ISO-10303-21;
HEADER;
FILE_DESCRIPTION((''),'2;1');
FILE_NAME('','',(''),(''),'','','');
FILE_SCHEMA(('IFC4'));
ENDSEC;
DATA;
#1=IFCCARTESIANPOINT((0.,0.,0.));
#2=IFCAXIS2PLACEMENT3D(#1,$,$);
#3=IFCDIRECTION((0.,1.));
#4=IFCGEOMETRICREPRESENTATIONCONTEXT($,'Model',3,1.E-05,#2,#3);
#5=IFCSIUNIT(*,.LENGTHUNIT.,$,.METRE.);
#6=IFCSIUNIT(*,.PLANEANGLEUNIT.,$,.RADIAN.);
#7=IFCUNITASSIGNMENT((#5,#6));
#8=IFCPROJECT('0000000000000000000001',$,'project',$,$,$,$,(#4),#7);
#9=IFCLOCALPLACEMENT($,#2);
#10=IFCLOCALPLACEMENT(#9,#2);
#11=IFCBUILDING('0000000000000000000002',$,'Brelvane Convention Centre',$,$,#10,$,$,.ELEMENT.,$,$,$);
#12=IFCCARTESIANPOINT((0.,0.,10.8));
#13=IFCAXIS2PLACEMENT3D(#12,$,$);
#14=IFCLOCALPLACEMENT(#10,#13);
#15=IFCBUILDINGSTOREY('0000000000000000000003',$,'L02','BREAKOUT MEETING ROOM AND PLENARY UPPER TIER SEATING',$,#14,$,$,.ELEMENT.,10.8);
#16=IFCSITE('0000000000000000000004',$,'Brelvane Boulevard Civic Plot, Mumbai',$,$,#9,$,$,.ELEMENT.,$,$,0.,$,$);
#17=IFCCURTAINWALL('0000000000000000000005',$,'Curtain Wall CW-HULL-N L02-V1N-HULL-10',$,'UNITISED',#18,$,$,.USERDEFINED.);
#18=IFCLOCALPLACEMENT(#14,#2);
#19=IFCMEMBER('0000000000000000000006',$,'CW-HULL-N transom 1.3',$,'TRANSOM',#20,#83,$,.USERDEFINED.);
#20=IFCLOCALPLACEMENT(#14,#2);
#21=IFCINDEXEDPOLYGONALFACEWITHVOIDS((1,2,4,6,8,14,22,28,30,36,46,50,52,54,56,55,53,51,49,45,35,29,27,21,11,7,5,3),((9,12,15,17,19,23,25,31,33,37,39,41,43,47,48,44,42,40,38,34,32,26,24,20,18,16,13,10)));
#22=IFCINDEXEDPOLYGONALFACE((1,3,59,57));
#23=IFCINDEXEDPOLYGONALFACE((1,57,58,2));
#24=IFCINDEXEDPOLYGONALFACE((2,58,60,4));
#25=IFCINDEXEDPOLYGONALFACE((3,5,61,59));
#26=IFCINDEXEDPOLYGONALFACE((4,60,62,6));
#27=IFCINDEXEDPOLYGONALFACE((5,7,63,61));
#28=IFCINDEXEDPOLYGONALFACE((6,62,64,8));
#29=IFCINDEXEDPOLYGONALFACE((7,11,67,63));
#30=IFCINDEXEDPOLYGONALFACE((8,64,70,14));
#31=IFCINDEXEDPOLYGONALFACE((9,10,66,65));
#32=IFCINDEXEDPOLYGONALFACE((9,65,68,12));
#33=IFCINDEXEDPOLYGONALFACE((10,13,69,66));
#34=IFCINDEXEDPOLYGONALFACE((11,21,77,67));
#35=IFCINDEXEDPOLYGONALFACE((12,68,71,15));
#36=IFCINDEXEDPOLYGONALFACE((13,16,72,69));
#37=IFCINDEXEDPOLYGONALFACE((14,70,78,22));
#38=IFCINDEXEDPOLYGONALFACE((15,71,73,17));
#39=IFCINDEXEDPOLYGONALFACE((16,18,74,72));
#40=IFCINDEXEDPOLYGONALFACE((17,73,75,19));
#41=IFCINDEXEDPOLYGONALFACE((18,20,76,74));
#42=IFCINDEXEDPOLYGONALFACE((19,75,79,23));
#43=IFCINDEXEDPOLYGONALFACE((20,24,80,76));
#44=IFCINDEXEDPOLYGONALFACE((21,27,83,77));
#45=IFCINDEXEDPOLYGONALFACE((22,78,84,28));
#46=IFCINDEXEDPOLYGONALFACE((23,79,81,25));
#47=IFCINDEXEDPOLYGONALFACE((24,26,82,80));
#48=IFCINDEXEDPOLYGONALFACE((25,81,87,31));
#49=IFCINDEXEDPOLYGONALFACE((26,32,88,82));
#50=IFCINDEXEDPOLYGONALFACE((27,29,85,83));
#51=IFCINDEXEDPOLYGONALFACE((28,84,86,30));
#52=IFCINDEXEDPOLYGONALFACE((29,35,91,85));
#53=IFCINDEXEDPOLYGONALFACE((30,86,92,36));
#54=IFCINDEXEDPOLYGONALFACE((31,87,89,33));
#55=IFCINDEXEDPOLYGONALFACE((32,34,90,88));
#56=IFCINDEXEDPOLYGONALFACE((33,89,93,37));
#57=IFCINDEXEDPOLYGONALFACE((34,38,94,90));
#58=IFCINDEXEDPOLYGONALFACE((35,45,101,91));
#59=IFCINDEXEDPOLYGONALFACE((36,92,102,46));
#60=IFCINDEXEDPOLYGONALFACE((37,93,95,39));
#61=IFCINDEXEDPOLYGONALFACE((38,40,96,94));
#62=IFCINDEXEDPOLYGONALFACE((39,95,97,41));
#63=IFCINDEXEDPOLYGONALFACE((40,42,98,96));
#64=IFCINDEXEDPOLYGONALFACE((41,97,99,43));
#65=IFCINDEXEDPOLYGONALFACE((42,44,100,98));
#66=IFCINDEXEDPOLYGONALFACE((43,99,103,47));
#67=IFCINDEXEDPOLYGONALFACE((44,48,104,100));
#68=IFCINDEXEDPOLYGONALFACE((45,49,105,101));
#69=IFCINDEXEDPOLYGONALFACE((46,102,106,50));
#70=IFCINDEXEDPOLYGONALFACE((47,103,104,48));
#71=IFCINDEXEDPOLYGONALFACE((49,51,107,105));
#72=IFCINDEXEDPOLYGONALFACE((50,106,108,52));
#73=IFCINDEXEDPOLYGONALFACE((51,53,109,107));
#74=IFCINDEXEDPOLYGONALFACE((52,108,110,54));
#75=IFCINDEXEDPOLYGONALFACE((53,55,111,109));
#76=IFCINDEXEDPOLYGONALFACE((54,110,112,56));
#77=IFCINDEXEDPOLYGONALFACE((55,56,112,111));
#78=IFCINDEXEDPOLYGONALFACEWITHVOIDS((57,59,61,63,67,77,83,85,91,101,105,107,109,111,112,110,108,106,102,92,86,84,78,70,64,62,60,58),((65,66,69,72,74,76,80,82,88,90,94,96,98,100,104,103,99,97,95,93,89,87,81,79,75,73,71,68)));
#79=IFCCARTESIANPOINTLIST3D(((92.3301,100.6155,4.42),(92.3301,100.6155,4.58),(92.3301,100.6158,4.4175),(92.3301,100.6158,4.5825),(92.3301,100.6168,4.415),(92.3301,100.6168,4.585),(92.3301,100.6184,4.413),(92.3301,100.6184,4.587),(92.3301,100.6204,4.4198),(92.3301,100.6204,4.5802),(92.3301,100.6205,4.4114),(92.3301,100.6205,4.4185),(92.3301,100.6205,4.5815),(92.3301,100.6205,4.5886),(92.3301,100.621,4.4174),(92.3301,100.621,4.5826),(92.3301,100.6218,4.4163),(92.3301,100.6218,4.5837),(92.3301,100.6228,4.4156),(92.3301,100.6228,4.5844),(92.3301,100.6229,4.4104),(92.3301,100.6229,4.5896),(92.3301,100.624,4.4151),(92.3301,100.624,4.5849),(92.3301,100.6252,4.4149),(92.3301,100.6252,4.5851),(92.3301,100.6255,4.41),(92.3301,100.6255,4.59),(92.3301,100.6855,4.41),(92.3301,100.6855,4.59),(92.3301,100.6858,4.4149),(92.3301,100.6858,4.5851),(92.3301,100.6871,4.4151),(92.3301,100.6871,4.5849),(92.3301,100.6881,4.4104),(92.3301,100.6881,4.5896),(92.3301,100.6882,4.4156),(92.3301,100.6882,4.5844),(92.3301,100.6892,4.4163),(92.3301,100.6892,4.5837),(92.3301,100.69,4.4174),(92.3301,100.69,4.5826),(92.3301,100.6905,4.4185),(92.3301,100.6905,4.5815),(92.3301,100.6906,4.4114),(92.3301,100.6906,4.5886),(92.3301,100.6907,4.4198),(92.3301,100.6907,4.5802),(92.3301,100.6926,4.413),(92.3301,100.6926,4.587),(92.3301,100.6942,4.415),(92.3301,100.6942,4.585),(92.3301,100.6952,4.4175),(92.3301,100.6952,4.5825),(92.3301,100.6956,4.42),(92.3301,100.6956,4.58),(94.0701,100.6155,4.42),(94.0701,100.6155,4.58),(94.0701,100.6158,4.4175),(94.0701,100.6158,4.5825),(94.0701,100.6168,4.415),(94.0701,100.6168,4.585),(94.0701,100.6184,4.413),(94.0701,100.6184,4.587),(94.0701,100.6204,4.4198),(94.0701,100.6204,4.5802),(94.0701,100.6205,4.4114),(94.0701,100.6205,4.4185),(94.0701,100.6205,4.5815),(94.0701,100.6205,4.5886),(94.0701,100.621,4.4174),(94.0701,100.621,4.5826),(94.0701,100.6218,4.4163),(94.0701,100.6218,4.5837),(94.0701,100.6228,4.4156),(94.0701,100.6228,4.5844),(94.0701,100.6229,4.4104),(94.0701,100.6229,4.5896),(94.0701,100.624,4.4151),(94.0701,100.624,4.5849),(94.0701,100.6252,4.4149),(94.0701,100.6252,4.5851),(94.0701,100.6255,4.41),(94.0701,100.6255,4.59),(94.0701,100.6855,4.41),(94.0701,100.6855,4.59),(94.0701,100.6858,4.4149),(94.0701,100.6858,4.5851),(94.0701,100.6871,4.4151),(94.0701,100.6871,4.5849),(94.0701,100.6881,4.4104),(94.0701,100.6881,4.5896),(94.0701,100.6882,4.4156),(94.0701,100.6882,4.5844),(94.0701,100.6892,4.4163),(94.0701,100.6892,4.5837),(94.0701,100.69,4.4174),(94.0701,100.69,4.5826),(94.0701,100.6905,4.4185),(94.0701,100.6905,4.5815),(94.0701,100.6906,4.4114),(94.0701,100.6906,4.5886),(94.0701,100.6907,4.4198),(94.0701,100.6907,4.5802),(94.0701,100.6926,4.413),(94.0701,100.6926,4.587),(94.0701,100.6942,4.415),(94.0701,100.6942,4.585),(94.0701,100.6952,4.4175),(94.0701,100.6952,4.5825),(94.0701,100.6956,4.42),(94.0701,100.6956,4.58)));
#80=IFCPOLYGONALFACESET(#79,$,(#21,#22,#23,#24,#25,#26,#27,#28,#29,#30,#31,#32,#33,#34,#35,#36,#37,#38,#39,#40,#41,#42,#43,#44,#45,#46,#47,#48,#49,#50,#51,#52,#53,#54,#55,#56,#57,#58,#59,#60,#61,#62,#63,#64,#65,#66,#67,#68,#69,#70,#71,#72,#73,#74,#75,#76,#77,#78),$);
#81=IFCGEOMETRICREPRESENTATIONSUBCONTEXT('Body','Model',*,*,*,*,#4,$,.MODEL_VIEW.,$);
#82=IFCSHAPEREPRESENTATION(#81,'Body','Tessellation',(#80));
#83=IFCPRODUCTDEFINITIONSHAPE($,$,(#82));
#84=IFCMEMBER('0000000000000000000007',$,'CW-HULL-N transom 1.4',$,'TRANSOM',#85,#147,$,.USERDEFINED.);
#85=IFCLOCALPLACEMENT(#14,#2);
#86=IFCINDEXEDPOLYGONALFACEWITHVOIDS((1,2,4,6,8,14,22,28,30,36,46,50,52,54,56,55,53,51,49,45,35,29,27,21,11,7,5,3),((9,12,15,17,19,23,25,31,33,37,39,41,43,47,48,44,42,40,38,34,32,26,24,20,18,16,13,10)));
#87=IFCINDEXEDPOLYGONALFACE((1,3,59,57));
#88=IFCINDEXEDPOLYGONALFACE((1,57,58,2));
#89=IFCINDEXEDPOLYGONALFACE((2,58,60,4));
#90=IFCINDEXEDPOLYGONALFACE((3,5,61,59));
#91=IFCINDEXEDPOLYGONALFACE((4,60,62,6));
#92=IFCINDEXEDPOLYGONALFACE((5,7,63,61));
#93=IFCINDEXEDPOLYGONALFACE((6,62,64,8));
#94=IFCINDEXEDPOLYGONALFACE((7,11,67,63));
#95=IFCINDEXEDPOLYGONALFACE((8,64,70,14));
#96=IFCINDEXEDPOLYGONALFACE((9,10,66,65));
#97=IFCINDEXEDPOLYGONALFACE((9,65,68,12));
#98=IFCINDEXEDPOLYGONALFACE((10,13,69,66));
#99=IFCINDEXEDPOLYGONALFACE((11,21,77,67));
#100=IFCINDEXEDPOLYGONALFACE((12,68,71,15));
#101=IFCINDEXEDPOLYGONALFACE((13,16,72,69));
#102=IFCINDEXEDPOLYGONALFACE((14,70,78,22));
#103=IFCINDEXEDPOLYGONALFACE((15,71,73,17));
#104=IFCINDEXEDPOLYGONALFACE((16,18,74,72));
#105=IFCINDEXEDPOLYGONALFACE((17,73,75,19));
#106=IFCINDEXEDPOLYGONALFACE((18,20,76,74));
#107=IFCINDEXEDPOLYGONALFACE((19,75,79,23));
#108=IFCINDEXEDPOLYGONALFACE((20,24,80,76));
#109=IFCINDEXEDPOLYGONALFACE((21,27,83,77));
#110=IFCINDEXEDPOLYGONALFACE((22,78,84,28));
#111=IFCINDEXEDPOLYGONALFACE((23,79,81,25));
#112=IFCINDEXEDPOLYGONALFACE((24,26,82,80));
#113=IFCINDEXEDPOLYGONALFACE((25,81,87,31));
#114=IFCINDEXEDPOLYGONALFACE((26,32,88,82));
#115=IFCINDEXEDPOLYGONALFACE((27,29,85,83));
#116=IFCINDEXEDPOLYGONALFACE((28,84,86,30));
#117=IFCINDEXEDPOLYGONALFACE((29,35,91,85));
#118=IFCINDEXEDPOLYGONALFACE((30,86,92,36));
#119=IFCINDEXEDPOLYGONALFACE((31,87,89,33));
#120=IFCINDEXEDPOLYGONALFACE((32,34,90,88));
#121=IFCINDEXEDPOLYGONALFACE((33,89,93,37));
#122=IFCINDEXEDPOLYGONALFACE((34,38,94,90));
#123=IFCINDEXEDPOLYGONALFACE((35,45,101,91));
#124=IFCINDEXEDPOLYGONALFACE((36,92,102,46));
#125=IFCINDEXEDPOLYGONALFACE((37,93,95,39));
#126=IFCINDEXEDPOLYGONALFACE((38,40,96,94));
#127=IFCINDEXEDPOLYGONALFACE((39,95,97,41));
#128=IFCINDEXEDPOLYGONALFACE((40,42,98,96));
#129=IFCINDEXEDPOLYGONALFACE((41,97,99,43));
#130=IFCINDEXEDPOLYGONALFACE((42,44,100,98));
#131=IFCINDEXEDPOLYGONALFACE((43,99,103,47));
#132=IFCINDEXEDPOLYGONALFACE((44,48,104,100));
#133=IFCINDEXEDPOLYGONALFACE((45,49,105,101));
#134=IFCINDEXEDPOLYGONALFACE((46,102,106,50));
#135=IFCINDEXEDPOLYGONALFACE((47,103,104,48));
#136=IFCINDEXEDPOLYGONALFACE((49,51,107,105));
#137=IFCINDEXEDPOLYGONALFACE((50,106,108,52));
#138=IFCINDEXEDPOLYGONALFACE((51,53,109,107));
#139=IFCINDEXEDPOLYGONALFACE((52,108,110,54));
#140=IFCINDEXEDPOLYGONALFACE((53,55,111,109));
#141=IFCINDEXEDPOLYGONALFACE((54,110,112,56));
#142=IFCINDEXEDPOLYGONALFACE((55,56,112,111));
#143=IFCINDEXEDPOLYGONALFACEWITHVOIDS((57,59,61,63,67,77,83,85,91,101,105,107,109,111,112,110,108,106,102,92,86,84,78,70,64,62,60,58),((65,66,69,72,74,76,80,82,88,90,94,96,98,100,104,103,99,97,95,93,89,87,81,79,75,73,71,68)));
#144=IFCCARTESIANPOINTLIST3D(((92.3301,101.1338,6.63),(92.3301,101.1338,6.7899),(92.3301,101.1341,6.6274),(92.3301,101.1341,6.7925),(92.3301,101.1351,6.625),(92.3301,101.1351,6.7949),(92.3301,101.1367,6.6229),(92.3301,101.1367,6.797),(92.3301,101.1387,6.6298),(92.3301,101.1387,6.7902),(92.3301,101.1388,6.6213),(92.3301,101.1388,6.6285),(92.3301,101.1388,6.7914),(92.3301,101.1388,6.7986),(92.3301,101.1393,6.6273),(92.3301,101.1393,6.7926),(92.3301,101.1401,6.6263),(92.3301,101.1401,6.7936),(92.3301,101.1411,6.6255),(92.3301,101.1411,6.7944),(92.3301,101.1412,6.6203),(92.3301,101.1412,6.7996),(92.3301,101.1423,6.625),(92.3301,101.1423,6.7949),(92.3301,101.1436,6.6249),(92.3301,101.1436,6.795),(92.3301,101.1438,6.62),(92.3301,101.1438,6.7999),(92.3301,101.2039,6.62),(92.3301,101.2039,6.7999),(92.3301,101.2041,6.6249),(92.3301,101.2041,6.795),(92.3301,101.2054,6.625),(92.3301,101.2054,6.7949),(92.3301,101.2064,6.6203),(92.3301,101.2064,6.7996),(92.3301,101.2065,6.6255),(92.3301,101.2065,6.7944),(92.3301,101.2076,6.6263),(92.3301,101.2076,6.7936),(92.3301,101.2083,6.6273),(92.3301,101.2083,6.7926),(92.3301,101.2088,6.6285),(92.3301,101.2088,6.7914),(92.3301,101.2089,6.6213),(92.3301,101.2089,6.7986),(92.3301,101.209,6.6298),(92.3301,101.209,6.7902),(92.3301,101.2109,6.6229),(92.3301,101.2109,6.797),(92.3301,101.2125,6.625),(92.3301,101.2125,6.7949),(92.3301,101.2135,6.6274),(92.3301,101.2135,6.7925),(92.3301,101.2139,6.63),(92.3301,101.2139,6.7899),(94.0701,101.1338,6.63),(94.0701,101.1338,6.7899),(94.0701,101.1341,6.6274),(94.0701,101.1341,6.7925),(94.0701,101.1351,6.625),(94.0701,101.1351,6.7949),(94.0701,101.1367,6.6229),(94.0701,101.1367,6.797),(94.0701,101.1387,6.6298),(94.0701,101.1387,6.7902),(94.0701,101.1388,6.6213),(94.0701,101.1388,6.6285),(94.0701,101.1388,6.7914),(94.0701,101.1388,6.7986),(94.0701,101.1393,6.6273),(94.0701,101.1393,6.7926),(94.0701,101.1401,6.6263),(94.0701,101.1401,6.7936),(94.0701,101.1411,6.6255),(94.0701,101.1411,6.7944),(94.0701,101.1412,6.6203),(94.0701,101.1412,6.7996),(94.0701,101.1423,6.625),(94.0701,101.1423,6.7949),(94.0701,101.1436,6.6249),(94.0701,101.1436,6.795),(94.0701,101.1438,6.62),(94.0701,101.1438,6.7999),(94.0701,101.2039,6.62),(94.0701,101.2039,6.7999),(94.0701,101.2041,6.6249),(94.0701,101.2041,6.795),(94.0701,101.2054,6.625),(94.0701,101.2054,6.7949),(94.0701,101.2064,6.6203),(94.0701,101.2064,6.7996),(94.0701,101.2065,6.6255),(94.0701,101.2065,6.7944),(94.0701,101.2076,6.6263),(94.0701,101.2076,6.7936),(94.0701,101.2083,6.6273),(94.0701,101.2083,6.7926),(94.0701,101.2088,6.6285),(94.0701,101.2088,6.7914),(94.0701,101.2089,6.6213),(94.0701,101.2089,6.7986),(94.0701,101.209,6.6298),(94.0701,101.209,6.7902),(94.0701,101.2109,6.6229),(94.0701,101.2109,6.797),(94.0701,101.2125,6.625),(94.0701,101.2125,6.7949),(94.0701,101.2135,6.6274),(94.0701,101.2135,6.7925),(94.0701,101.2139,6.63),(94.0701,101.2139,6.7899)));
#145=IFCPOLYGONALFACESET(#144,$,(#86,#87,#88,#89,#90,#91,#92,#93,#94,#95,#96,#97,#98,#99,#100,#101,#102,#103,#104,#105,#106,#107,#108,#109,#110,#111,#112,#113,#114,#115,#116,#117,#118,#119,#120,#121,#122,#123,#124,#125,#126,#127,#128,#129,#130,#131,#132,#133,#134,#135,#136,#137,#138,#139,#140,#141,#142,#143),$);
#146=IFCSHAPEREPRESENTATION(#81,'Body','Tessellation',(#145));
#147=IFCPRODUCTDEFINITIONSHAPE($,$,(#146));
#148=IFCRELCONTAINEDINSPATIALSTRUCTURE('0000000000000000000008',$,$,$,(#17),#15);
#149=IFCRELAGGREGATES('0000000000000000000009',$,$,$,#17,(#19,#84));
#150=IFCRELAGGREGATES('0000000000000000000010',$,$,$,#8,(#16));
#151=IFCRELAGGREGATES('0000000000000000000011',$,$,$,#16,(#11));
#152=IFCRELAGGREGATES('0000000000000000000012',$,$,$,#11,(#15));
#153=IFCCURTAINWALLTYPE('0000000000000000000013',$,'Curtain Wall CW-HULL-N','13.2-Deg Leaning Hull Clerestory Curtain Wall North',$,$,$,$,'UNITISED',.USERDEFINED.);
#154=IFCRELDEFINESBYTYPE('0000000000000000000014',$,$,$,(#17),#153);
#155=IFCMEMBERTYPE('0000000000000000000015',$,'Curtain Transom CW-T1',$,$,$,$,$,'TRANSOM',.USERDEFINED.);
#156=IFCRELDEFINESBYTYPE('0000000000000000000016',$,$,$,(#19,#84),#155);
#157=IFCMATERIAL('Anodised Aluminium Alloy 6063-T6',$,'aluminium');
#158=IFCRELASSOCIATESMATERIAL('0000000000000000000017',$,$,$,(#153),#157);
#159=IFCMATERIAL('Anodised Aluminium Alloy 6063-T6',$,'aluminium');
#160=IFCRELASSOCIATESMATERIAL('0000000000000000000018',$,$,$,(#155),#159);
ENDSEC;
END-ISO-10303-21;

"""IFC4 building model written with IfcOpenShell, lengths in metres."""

from ifc_helpers import new_model, si_unit, direction, frame, origin, origin_2d, place, context, subcontext, project, spatial, hollow_rectangle, extrude, material, material_profile, profile_set, type_object, element, aggregate, save


model = new_model("IFC4")

# Units and contexts
model_context = context("Model", 3, precision=1e-05, world=origin(), true_north=direction((0.0, 1.0)))
body_context = subcontext(model_context, "Body", "Model", "MODEL_VIEW")
ifc_project = project(units=[si_unit("LENGTHUNIT", "METRE"), si_unit("PLANEANGLEUNIT", "RADIAN")], contexts=[model_context])

# Site, building, storey
site_placement = place(None, origin())
site = spatial("IfcSite", under=ifc_project, at=site_placement, Name="Brelvane Boulevard Civic Plot, Mumbai", CompositionType="ELEMENT", RefElevation=0.0)
building_placement = place(site_placement, origin())
building = spatial("IfcBuilding", under=site, at=building_placement, Name="Brelvane Convention Centre", CompositionType="ELEMENT")
storey_placement = place(building_placement, frame((0.0, 0.0, 10.8)))
storey = spatial("IfcBuildingStorey", under=building, at=storey_placement, Name="L02", Description="BREAKOUT MEETING ROOM AND PLENARY UPPER TIER SEATING", CompositionType="ELEMENT", Elevation=10.8)

# Curtain wall, members
ifc_material_1 = material(Name="Anodised Aluminium Alloy 6063-T6", Category="aluminium")
curtain_wall_type = type_object("IfcCurtainWallType", Name="Curtain Wall CW-HULL-N", Description="13.2-Deg Leaning Hull Clerestory Curtain Wall North", ElementType="UNITISED", PredefinedType="USERDEFINED", material=ifc_material_1)
curtain_wall_placement = place(storey_placement, origin())
curtain_wall = element("IfcCurtainWall", 1, at=curtain_wall_placement, inside=storey, type_object=curtain_wall_type, Name="Curtain Wall CW-HULL-N L02-V1N-HULL-10", ObjectType="UNITISED", PredefinedType="USERDEFINED")
ifc_material_2 = material(Name="Anodised Aluminium Alloy 6063-T6", Category="aluminium")
ifc_material_profile_1 = material_profile(ifc_material_2, hollow_rectangle(XDim=0.0801, YDim=0.1799, WallThickness=0.0049, InnerFilletRadius=0.0049, OuterFilletRadius=0.01, at=origin_2d()), Name="ALU-T 180x80x5.0")
ifc_profile_set_1 = profile_set([ifc_material_profile_1], Name="Anodised Aluminium Alloy 6063-T6")
member_type_1 = type_object("IfcMemberType", Name="Curtain Transom CW-T1", ElementType="TRANSOM", PredefinedType="USERDEFINED", material=ifc_profile_set_1)
member_1_placement = place(storey_placement, frame((92.3301, 100.6555, 4.5), z_axis=(1.0, 0.0, 0.0), x_axis=(0.0, 1.0, 0.0)))
member_1 = element("IfcMember", 2, at=member_1_placement, type_object=member_type_1, Name="CW-HULL-N transom 1.3", ObjectType="TRANSOM", PredefinedType="USERDEFINED", context=body_context, shape_type="SweptSolid", body=[
    extrude(hollow_rectangle(XDim=0.0801, YDim=0.1799, WallThickness=0.0049, InnerFilletRadius=0.0049, OuterFilletRadius=0.01, at=origin_2d()), origin(), (0.0, 0.0, 1.0), 1.74),
])
member_2_placement = place(storey_placement, frame((92.3301, 101.1738, 6.71), z_axis=(1.0, 0.0, 0.0), x_axis=(0.0, 1.0, 0.0)))
member_2 = element("IfcMember", 3, at=member_2_placement, type_object=member_type_1, Name="CW-HULL-N transom 1.4", ObjectType="TRANSOM", PredefinedType="USERDEFINED", context=body_context, shape_type="SweptSolid", body=[
    extrude(hollow_rectangle(XDim=0.0801, YDim=0.1799, WallThickness=0.0049, InnerFilletRadius=0.0049, OuterFilletRadius=0.01, at=origin_2d()), origin(), (0.0, 0.0, 1.0), 1.74),
])

aggregate(curtain_wall, [member_1, member_2])

save(model, "model.ifc")
